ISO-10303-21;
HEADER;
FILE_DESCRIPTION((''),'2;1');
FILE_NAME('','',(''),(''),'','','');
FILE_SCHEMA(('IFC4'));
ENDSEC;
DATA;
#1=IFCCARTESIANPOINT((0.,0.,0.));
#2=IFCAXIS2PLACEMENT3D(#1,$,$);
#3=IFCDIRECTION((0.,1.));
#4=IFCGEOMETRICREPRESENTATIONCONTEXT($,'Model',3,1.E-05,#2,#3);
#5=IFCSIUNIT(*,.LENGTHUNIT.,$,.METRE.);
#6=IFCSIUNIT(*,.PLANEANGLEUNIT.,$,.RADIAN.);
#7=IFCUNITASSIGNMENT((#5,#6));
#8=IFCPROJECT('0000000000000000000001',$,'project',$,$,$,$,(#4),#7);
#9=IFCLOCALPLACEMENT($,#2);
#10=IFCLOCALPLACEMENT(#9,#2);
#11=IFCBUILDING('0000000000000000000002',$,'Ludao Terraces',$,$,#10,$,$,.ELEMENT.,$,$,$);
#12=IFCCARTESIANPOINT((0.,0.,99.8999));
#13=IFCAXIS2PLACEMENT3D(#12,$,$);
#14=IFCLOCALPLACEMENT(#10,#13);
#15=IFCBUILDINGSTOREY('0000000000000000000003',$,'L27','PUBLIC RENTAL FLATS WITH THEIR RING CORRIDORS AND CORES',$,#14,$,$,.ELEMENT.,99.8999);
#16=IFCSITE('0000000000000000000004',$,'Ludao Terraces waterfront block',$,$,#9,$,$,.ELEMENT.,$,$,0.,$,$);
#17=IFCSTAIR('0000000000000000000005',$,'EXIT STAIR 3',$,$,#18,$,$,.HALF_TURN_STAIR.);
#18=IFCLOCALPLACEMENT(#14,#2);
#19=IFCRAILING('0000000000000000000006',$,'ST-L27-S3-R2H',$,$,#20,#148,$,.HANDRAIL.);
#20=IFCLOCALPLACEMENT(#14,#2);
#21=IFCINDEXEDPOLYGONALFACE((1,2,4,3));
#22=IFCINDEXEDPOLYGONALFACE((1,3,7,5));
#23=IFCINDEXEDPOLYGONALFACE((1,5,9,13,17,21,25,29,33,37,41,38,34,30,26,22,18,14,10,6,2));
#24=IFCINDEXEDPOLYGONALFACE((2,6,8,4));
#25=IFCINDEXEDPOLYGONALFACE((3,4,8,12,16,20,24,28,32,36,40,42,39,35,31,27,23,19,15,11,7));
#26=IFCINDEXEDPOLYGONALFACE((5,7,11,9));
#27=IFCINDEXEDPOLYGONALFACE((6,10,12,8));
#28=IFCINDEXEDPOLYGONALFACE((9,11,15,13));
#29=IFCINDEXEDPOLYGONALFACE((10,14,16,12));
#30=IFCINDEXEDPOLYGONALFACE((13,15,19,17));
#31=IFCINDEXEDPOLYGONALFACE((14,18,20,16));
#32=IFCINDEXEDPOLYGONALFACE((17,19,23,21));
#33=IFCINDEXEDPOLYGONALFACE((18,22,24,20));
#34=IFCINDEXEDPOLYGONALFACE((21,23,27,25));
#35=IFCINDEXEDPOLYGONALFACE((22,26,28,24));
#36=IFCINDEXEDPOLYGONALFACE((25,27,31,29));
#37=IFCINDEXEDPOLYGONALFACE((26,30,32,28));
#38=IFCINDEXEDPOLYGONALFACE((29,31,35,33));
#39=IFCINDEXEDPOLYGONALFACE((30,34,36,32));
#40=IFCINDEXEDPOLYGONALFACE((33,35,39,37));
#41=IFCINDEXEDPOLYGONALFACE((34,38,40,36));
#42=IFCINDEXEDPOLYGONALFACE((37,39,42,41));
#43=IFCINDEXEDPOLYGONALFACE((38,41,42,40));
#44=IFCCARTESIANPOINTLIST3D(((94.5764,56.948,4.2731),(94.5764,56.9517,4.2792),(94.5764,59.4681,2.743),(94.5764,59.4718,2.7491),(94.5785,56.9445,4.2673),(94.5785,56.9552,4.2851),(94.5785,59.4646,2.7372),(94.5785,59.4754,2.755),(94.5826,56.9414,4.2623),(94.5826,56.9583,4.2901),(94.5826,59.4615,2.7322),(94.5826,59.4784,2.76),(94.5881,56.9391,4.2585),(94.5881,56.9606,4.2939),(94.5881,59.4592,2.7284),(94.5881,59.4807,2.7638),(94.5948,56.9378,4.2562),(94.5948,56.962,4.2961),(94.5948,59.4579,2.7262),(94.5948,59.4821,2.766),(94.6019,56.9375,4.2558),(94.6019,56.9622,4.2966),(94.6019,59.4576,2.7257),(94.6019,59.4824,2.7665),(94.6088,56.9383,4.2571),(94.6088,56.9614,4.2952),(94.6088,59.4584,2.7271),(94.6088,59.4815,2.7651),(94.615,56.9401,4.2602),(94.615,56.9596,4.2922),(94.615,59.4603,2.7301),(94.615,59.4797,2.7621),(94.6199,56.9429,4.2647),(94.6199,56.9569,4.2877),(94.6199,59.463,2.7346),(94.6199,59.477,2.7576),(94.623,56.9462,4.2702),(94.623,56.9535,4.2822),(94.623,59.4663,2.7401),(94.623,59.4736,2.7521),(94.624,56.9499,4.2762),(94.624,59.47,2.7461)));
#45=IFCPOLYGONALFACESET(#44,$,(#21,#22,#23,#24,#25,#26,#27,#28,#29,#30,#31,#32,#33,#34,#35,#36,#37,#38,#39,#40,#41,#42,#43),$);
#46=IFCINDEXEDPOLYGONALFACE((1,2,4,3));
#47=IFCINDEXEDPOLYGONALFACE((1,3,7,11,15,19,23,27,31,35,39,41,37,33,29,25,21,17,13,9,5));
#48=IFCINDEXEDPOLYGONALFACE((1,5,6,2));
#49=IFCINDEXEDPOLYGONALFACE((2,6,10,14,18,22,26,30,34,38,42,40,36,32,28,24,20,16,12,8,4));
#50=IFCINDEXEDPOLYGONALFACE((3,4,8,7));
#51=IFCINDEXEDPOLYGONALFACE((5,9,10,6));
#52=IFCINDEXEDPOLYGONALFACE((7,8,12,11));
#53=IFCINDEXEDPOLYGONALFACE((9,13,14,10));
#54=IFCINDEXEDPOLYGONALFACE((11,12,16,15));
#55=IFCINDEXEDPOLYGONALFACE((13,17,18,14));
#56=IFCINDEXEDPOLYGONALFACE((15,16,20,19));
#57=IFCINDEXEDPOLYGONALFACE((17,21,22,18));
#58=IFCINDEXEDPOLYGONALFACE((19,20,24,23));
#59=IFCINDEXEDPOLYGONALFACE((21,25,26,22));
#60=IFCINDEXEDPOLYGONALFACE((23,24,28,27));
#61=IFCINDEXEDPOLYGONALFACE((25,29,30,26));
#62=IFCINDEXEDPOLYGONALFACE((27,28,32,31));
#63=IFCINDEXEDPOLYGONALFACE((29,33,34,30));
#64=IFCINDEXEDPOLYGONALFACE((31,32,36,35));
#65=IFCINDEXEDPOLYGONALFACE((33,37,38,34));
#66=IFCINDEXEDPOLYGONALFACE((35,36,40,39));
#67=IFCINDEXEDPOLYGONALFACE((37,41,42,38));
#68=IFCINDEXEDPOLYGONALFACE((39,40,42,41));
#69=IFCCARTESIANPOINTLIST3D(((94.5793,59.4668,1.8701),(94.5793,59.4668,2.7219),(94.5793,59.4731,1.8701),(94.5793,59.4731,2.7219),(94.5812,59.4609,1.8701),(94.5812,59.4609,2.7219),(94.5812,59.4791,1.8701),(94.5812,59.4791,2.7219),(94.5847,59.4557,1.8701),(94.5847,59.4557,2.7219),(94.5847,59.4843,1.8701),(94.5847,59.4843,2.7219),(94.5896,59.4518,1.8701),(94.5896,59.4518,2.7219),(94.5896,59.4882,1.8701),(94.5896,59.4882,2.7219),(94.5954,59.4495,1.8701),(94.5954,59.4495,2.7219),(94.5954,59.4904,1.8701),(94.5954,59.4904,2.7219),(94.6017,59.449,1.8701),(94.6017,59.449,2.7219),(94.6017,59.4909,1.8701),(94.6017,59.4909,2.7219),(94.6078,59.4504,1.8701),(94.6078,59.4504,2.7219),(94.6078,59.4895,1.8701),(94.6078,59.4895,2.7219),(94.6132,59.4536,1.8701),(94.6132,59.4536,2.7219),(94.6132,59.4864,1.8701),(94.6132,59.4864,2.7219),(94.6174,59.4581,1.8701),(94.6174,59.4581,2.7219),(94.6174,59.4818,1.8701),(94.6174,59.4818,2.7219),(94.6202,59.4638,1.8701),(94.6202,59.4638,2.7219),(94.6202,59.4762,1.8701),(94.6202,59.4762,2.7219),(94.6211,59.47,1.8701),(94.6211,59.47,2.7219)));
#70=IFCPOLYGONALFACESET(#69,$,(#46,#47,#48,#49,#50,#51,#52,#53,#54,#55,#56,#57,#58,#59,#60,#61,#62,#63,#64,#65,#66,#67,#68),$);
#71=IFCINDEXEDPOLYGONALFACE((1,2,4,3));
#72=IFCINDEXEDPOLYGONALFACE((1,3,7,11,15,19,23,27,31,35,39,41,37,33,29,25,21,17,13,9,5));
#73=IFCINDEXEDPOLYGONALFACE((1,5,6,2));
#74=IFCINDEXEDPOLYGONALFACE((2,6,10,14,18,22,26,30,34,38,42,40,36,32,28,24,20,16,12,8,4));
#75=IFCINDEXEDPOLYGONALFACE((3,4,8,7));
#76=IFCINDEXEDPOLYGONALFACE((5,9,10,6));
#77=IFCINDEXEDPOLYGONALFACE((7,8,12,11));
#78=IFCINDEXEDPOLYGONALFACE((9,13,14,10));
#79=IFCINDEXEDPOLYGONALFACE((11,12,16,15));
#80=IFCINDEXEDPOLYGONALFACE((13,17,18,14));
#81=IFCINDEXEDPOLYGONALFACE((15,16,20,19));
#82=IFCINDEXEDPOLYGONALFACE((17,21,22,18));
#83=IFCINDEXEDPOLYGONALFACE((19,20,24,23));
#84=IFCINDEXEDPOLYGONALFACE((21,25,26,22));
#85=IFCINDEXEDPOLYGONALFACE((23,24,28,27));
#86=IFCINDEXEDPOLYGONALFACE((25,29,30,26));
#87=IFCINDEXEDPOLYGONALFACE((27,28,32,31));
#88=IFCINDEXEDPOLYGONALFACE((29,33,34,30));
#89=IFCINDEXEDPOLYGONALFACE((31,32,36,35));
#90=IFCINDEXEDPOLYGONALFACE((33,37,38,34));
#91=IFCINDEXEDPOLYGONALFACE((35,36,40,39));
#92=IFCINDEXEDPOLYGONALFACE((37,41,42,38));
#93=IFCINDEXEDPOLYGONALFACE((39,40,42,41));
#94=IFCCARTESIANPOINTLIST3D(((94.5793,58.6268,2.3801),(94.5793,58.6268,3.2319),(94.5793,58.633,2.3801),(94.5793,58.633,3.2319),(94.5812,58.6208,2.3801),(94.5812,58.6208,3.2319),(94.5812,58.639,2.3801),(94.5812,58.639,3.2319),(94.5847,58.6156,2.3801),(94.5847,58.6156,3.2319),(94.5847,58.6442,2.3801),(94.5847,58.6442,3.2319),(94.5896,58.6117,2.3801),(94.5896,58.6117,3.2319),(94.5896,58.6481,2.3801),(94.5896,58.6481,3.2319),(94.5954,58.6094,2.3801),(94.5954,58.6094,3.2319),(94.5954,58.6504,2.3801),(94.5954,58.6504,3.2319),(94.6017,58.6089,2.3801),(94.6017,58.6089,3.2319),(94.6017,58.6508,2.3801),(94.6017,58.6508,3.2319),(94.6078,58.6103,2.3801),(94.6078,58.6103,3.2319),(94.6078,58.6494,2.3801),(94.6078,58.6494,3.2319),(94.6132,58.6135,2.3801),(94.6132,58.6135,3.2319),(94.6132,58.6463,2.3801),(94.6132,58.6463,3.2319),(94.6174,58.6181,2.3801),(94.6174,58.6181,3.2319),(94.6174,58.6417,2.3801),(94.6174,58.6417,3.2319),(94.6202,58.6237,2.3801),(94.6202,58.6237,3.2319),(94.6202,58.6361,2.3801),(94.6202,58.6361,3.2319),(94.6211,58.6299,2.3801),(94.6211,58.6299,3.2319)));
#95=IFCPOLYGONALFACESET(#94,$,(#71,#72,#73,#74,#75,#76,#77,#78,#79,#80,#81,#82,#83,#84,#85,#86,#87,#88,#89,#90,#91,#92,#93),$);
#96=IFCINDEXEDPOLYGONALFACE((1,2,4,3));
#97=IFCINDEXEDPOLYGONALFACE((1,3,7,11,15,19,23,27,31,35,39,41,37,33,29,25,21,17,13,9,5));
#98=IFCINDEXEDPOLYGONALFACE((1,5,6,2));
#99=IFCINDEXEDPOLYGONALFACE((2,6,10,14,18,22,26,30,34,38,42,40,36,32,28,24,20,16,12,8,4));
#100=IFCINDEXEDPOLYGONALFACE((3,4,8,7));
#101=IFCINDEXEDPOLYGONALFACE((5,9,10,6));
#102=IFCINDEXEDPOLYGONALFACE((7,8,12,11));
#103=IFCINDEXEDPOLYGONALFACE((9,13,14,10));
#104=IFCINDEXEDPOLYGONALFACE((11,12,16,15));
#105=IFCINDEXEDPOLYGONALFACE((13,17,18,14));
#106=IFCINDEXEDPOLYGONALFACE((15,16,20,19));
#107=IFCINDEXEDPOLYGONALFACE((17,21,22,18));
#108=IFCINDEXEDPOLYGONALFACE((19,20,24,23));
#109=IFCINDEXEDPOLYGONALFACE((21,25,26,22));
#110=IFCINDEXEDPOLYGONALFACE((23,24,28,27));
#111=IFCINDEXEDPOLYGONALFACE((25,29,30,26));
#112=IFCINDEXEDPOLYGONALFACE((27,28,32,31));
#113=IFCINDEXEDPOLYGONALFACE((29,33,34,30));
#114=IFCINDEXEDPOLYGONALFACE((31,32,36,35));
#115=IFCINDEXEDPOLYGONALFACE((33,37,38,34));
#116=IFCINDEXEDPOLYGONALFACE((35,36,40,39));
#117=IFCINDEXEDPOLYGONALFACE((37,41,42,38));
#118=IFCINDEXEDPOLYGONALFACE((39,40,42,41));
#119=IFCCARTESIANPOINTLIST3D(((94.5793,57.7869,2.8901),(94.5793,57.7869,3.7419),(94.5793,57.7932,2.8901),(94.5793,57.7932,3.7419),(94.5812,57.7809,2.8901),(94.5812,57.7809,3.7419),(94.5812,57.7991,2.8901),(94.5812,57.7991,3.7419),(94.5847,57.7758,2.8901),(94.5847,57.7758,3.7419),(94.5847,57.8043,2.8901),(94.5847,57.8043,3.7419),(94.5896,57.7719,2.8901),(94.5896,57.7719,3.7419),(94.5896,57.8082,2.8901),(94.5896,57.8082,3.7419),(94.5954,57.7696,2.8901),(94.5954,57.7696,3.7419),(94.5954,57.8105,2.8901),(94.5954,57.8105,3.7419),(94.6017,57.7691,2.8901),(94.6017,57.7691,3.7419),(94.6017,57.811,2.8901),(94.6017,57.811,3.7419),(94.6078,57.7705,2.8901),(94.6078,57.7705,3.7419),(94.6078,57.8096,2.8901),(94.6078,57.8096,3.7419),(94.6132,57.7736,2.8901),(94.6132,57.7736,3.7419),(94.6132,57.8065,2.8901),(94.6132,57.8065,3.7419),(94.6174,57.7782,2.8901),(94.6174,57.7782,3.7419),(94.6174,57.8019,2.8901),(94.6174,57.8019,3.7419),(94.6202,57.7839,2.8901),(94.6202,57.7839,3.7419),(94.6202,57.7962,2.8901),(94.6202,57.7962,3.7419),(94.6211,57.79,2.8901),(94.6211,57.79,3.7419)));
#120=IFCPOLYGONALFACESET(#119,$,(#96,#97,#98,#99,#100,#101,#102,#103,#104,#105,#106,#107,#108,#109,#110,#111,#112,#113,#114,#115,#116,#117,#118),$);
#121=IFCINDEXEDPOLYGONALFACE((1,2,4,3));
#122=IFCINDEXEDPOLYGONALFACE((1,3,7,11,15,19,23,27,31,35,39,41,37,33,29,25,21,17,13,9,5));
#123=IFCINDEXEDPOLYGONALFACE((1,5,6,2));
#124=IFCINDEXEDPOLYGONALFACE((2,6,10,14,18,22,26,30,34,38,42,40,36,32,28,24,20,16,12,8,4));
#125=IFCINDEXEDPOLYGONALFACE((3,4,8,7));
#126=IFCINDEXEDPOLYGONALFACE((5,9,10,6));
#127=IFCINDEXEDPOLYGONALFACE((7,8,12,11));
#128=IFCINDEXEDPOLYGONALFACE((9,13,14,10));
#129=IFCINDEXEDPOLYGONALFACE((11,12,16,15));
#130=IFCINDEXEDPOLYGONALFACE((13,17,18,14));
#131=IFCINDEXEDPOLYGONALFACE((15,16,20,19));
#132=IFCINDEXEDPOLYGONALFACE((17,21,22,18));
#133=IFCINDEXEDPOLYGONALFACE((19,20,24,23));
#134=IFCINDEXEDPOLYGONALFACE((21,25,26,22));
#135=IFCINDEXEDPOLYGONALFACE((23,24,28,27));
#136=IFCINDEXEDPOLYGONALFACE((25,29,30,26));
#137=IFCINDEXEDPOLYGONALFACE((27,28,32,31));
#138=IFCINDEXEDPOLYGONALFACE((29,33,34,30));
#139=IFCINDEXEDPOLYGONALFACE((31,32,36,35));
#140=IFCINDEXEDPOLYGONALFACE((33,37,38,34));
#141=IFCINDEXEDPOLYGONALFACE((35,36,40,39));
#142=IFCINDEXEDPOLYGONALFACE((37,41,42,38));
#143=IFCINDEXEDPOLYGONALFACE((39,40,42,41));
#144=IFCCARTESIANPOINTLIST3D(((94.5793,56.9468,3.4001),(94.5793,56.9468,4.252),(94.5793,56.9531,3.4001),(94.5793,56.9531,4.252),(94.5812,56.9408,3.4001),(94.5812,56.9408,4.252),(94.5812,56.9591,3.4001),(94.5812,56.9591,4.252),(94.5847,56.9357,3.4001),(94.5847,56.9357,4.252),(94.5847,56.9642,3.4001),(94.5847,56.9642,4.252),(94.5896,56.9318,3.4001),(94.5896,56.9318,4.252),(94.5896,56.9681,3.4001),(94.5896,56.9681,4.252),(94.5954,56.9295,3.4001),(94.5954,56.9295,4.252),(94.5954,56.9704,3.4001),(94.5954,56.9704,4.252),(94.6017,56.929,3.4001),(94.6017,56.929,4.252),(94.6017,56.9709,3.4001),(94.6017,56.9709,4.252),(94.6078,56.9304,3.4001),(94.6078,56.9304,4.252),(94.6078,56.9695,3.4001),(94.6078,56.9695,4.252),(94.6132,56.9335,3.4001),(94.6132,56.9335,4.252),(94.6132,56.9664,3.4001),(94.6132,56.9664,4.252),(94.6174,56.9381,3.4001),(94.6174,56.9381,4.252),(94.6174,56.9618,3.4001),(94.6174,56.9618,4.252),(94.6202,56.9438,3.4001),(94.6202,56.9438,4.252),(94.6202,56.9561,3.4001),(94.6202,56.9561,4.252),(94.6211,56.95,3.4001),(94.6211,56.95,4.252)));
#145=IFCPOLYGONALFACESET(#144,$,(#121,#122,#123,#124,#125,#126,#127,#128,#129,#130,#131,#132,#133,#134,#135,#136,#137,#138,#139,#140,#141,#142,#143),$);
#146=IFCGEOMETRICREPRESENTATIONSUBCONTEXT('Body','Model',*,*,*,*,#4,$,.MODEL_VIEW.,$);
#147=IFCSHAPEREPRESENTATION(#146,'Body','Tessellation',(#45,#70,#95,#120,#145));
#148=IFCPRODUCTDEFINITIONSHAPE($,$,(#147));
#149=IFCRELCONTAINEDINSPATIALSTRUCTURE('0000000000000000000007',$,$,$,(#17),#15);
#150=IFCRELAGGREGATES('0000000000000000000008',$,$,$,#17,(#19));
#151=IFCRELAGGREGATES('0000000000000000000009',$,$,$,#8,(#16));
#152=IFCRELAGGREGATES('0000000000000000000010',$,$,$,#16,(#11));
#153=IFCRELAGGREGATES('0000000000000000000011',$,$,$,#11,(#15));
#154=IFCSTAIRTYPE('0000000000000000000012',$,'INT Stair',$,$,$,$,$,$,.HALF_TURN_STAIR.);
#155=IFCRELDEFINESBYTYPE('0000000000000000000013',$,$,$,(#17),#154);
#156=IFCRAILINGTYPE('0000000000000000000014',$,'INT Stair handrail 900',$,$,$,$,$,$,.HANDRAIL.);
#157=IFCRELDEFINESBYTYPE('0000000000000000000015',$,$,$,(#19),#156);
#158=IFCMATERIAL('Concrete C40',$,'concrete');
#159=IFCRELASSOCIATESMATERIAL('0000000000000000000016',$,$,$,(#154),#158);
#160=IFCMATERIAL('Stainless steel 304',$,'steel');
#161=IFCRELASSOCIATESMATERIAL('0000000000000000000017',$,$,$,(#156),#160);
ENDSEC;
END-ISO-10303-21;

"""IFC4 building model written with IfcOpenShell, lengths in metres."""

from ifc_helpers import new_model, si_unit, direction, frame, origin, origin_2d, place, context, subcontext, project, spatial, circle, extrude, material, type_object, element, aggregate, save


model = new_model("IFC4")

# Units and contexts
model_context = context("Model", 3, precision=1e-05, world=origin(), true_north=direction((0.0, 1.0)))
body_context = subcontext(model_context, "Body", "Model", "MODEL_VIEW")
ifc_project = project(units=[si_unit("LENGTHUNIT", "METRE"), si_unit("PLANEANGLEUNIT", "RADIAN")], contexts=[model_context])

# Site, building, storey
site_placement = place(None, origin())
site = spatial("IfcSite", under=ifc_project, at=site_placement, Name="Ludao Terraces waterfront block", CompositionType="ELEMENT", RefElevation=0.0)
building_placement = place(site_placement, origin())
building = spatial("IfcBuilding", under=site, at=building_placement, Name="Ludao Terraces", CompositionType="ELEMENT")
storey_placement = place(building_placement, frame((0.0, 0.0, 99.8999)))
storey = spatial("IfcBuildingStorey", under=building, at=storey_placement, Name="L27", Description="PUBLIC RENTAL FLATS WITH THEIR RING CORRIDORS AND CORES", CompositionType="ELEMENT", Elevation=99.8999)

# Shared definitions
ifc_material_1 = material(Name="Concrete C40", Category="concrete")

# Stair, railing
stair_type = type_object("IfcStairType", Name="INT Stair", PredefinedType="HALF_TURN_STAIR", material=ifc_material_1)
stair_placement = place(storey_placement, origin())
stair = element("IfcStair", 1, at=stair_placement, inside=storey, type_object=stair_type, Name="EXIT STAIR 3", PredefinedType="HALF_TURN_STAIR")
ifc_material_2 = material(Name="Stainless steel 304", Category="steel")
railing_type_1 = type_object("IfcRailingType", Name="INT Stair handrail 900", PredefinedType="HANDRAIL", material=ifc_material_2)
railing_1_placement = place(storey_placement, frame((94.6001, 59.47, 1.8701)))
railing_1 = element("IfcRailing", 2, at=railing_1_placement, type_object=railing_type_1, Name="ST-L27-S3-R2H", PredefinedType="HANDRAIL", context=body_context, shape_type="SweptSolid", body=[
    extrude(circle(Radius=0.0239, at=origin_2d()), frame((0.0, 0.0, 0.876), z_axis=(0.0, -0.854785, 0.518982), x_axis=(1.0, 0.0, 0.0)), (0.0, 0.0, 1.0), 2.9482),
    extrude(circle(Radius=0.021, at=origin_2d()), origin(), (0.0, 0.0, 1.0), 0.8518),
    extrude(circle(Radius=0.021, at=origin_2d()), frame((0.0, -0.8401, 0.51)), (0.0, 0.0, 1.0), 0.8518),
    extrude(circle(Radius=0.021, at=origin_2d()), frame((0.0, -1.6799, 1.02)), (0.0, 0.0, 1.0), 0.8518),
    extrude(circle(Radius=0.021, at=origin_2d()), frame((0.0, -2.52, 1.53)), (0.0, 0.0, 1.0), 0.8518),
])
aggregate(stair, [railing_1])

save(model, "model.ifc")
